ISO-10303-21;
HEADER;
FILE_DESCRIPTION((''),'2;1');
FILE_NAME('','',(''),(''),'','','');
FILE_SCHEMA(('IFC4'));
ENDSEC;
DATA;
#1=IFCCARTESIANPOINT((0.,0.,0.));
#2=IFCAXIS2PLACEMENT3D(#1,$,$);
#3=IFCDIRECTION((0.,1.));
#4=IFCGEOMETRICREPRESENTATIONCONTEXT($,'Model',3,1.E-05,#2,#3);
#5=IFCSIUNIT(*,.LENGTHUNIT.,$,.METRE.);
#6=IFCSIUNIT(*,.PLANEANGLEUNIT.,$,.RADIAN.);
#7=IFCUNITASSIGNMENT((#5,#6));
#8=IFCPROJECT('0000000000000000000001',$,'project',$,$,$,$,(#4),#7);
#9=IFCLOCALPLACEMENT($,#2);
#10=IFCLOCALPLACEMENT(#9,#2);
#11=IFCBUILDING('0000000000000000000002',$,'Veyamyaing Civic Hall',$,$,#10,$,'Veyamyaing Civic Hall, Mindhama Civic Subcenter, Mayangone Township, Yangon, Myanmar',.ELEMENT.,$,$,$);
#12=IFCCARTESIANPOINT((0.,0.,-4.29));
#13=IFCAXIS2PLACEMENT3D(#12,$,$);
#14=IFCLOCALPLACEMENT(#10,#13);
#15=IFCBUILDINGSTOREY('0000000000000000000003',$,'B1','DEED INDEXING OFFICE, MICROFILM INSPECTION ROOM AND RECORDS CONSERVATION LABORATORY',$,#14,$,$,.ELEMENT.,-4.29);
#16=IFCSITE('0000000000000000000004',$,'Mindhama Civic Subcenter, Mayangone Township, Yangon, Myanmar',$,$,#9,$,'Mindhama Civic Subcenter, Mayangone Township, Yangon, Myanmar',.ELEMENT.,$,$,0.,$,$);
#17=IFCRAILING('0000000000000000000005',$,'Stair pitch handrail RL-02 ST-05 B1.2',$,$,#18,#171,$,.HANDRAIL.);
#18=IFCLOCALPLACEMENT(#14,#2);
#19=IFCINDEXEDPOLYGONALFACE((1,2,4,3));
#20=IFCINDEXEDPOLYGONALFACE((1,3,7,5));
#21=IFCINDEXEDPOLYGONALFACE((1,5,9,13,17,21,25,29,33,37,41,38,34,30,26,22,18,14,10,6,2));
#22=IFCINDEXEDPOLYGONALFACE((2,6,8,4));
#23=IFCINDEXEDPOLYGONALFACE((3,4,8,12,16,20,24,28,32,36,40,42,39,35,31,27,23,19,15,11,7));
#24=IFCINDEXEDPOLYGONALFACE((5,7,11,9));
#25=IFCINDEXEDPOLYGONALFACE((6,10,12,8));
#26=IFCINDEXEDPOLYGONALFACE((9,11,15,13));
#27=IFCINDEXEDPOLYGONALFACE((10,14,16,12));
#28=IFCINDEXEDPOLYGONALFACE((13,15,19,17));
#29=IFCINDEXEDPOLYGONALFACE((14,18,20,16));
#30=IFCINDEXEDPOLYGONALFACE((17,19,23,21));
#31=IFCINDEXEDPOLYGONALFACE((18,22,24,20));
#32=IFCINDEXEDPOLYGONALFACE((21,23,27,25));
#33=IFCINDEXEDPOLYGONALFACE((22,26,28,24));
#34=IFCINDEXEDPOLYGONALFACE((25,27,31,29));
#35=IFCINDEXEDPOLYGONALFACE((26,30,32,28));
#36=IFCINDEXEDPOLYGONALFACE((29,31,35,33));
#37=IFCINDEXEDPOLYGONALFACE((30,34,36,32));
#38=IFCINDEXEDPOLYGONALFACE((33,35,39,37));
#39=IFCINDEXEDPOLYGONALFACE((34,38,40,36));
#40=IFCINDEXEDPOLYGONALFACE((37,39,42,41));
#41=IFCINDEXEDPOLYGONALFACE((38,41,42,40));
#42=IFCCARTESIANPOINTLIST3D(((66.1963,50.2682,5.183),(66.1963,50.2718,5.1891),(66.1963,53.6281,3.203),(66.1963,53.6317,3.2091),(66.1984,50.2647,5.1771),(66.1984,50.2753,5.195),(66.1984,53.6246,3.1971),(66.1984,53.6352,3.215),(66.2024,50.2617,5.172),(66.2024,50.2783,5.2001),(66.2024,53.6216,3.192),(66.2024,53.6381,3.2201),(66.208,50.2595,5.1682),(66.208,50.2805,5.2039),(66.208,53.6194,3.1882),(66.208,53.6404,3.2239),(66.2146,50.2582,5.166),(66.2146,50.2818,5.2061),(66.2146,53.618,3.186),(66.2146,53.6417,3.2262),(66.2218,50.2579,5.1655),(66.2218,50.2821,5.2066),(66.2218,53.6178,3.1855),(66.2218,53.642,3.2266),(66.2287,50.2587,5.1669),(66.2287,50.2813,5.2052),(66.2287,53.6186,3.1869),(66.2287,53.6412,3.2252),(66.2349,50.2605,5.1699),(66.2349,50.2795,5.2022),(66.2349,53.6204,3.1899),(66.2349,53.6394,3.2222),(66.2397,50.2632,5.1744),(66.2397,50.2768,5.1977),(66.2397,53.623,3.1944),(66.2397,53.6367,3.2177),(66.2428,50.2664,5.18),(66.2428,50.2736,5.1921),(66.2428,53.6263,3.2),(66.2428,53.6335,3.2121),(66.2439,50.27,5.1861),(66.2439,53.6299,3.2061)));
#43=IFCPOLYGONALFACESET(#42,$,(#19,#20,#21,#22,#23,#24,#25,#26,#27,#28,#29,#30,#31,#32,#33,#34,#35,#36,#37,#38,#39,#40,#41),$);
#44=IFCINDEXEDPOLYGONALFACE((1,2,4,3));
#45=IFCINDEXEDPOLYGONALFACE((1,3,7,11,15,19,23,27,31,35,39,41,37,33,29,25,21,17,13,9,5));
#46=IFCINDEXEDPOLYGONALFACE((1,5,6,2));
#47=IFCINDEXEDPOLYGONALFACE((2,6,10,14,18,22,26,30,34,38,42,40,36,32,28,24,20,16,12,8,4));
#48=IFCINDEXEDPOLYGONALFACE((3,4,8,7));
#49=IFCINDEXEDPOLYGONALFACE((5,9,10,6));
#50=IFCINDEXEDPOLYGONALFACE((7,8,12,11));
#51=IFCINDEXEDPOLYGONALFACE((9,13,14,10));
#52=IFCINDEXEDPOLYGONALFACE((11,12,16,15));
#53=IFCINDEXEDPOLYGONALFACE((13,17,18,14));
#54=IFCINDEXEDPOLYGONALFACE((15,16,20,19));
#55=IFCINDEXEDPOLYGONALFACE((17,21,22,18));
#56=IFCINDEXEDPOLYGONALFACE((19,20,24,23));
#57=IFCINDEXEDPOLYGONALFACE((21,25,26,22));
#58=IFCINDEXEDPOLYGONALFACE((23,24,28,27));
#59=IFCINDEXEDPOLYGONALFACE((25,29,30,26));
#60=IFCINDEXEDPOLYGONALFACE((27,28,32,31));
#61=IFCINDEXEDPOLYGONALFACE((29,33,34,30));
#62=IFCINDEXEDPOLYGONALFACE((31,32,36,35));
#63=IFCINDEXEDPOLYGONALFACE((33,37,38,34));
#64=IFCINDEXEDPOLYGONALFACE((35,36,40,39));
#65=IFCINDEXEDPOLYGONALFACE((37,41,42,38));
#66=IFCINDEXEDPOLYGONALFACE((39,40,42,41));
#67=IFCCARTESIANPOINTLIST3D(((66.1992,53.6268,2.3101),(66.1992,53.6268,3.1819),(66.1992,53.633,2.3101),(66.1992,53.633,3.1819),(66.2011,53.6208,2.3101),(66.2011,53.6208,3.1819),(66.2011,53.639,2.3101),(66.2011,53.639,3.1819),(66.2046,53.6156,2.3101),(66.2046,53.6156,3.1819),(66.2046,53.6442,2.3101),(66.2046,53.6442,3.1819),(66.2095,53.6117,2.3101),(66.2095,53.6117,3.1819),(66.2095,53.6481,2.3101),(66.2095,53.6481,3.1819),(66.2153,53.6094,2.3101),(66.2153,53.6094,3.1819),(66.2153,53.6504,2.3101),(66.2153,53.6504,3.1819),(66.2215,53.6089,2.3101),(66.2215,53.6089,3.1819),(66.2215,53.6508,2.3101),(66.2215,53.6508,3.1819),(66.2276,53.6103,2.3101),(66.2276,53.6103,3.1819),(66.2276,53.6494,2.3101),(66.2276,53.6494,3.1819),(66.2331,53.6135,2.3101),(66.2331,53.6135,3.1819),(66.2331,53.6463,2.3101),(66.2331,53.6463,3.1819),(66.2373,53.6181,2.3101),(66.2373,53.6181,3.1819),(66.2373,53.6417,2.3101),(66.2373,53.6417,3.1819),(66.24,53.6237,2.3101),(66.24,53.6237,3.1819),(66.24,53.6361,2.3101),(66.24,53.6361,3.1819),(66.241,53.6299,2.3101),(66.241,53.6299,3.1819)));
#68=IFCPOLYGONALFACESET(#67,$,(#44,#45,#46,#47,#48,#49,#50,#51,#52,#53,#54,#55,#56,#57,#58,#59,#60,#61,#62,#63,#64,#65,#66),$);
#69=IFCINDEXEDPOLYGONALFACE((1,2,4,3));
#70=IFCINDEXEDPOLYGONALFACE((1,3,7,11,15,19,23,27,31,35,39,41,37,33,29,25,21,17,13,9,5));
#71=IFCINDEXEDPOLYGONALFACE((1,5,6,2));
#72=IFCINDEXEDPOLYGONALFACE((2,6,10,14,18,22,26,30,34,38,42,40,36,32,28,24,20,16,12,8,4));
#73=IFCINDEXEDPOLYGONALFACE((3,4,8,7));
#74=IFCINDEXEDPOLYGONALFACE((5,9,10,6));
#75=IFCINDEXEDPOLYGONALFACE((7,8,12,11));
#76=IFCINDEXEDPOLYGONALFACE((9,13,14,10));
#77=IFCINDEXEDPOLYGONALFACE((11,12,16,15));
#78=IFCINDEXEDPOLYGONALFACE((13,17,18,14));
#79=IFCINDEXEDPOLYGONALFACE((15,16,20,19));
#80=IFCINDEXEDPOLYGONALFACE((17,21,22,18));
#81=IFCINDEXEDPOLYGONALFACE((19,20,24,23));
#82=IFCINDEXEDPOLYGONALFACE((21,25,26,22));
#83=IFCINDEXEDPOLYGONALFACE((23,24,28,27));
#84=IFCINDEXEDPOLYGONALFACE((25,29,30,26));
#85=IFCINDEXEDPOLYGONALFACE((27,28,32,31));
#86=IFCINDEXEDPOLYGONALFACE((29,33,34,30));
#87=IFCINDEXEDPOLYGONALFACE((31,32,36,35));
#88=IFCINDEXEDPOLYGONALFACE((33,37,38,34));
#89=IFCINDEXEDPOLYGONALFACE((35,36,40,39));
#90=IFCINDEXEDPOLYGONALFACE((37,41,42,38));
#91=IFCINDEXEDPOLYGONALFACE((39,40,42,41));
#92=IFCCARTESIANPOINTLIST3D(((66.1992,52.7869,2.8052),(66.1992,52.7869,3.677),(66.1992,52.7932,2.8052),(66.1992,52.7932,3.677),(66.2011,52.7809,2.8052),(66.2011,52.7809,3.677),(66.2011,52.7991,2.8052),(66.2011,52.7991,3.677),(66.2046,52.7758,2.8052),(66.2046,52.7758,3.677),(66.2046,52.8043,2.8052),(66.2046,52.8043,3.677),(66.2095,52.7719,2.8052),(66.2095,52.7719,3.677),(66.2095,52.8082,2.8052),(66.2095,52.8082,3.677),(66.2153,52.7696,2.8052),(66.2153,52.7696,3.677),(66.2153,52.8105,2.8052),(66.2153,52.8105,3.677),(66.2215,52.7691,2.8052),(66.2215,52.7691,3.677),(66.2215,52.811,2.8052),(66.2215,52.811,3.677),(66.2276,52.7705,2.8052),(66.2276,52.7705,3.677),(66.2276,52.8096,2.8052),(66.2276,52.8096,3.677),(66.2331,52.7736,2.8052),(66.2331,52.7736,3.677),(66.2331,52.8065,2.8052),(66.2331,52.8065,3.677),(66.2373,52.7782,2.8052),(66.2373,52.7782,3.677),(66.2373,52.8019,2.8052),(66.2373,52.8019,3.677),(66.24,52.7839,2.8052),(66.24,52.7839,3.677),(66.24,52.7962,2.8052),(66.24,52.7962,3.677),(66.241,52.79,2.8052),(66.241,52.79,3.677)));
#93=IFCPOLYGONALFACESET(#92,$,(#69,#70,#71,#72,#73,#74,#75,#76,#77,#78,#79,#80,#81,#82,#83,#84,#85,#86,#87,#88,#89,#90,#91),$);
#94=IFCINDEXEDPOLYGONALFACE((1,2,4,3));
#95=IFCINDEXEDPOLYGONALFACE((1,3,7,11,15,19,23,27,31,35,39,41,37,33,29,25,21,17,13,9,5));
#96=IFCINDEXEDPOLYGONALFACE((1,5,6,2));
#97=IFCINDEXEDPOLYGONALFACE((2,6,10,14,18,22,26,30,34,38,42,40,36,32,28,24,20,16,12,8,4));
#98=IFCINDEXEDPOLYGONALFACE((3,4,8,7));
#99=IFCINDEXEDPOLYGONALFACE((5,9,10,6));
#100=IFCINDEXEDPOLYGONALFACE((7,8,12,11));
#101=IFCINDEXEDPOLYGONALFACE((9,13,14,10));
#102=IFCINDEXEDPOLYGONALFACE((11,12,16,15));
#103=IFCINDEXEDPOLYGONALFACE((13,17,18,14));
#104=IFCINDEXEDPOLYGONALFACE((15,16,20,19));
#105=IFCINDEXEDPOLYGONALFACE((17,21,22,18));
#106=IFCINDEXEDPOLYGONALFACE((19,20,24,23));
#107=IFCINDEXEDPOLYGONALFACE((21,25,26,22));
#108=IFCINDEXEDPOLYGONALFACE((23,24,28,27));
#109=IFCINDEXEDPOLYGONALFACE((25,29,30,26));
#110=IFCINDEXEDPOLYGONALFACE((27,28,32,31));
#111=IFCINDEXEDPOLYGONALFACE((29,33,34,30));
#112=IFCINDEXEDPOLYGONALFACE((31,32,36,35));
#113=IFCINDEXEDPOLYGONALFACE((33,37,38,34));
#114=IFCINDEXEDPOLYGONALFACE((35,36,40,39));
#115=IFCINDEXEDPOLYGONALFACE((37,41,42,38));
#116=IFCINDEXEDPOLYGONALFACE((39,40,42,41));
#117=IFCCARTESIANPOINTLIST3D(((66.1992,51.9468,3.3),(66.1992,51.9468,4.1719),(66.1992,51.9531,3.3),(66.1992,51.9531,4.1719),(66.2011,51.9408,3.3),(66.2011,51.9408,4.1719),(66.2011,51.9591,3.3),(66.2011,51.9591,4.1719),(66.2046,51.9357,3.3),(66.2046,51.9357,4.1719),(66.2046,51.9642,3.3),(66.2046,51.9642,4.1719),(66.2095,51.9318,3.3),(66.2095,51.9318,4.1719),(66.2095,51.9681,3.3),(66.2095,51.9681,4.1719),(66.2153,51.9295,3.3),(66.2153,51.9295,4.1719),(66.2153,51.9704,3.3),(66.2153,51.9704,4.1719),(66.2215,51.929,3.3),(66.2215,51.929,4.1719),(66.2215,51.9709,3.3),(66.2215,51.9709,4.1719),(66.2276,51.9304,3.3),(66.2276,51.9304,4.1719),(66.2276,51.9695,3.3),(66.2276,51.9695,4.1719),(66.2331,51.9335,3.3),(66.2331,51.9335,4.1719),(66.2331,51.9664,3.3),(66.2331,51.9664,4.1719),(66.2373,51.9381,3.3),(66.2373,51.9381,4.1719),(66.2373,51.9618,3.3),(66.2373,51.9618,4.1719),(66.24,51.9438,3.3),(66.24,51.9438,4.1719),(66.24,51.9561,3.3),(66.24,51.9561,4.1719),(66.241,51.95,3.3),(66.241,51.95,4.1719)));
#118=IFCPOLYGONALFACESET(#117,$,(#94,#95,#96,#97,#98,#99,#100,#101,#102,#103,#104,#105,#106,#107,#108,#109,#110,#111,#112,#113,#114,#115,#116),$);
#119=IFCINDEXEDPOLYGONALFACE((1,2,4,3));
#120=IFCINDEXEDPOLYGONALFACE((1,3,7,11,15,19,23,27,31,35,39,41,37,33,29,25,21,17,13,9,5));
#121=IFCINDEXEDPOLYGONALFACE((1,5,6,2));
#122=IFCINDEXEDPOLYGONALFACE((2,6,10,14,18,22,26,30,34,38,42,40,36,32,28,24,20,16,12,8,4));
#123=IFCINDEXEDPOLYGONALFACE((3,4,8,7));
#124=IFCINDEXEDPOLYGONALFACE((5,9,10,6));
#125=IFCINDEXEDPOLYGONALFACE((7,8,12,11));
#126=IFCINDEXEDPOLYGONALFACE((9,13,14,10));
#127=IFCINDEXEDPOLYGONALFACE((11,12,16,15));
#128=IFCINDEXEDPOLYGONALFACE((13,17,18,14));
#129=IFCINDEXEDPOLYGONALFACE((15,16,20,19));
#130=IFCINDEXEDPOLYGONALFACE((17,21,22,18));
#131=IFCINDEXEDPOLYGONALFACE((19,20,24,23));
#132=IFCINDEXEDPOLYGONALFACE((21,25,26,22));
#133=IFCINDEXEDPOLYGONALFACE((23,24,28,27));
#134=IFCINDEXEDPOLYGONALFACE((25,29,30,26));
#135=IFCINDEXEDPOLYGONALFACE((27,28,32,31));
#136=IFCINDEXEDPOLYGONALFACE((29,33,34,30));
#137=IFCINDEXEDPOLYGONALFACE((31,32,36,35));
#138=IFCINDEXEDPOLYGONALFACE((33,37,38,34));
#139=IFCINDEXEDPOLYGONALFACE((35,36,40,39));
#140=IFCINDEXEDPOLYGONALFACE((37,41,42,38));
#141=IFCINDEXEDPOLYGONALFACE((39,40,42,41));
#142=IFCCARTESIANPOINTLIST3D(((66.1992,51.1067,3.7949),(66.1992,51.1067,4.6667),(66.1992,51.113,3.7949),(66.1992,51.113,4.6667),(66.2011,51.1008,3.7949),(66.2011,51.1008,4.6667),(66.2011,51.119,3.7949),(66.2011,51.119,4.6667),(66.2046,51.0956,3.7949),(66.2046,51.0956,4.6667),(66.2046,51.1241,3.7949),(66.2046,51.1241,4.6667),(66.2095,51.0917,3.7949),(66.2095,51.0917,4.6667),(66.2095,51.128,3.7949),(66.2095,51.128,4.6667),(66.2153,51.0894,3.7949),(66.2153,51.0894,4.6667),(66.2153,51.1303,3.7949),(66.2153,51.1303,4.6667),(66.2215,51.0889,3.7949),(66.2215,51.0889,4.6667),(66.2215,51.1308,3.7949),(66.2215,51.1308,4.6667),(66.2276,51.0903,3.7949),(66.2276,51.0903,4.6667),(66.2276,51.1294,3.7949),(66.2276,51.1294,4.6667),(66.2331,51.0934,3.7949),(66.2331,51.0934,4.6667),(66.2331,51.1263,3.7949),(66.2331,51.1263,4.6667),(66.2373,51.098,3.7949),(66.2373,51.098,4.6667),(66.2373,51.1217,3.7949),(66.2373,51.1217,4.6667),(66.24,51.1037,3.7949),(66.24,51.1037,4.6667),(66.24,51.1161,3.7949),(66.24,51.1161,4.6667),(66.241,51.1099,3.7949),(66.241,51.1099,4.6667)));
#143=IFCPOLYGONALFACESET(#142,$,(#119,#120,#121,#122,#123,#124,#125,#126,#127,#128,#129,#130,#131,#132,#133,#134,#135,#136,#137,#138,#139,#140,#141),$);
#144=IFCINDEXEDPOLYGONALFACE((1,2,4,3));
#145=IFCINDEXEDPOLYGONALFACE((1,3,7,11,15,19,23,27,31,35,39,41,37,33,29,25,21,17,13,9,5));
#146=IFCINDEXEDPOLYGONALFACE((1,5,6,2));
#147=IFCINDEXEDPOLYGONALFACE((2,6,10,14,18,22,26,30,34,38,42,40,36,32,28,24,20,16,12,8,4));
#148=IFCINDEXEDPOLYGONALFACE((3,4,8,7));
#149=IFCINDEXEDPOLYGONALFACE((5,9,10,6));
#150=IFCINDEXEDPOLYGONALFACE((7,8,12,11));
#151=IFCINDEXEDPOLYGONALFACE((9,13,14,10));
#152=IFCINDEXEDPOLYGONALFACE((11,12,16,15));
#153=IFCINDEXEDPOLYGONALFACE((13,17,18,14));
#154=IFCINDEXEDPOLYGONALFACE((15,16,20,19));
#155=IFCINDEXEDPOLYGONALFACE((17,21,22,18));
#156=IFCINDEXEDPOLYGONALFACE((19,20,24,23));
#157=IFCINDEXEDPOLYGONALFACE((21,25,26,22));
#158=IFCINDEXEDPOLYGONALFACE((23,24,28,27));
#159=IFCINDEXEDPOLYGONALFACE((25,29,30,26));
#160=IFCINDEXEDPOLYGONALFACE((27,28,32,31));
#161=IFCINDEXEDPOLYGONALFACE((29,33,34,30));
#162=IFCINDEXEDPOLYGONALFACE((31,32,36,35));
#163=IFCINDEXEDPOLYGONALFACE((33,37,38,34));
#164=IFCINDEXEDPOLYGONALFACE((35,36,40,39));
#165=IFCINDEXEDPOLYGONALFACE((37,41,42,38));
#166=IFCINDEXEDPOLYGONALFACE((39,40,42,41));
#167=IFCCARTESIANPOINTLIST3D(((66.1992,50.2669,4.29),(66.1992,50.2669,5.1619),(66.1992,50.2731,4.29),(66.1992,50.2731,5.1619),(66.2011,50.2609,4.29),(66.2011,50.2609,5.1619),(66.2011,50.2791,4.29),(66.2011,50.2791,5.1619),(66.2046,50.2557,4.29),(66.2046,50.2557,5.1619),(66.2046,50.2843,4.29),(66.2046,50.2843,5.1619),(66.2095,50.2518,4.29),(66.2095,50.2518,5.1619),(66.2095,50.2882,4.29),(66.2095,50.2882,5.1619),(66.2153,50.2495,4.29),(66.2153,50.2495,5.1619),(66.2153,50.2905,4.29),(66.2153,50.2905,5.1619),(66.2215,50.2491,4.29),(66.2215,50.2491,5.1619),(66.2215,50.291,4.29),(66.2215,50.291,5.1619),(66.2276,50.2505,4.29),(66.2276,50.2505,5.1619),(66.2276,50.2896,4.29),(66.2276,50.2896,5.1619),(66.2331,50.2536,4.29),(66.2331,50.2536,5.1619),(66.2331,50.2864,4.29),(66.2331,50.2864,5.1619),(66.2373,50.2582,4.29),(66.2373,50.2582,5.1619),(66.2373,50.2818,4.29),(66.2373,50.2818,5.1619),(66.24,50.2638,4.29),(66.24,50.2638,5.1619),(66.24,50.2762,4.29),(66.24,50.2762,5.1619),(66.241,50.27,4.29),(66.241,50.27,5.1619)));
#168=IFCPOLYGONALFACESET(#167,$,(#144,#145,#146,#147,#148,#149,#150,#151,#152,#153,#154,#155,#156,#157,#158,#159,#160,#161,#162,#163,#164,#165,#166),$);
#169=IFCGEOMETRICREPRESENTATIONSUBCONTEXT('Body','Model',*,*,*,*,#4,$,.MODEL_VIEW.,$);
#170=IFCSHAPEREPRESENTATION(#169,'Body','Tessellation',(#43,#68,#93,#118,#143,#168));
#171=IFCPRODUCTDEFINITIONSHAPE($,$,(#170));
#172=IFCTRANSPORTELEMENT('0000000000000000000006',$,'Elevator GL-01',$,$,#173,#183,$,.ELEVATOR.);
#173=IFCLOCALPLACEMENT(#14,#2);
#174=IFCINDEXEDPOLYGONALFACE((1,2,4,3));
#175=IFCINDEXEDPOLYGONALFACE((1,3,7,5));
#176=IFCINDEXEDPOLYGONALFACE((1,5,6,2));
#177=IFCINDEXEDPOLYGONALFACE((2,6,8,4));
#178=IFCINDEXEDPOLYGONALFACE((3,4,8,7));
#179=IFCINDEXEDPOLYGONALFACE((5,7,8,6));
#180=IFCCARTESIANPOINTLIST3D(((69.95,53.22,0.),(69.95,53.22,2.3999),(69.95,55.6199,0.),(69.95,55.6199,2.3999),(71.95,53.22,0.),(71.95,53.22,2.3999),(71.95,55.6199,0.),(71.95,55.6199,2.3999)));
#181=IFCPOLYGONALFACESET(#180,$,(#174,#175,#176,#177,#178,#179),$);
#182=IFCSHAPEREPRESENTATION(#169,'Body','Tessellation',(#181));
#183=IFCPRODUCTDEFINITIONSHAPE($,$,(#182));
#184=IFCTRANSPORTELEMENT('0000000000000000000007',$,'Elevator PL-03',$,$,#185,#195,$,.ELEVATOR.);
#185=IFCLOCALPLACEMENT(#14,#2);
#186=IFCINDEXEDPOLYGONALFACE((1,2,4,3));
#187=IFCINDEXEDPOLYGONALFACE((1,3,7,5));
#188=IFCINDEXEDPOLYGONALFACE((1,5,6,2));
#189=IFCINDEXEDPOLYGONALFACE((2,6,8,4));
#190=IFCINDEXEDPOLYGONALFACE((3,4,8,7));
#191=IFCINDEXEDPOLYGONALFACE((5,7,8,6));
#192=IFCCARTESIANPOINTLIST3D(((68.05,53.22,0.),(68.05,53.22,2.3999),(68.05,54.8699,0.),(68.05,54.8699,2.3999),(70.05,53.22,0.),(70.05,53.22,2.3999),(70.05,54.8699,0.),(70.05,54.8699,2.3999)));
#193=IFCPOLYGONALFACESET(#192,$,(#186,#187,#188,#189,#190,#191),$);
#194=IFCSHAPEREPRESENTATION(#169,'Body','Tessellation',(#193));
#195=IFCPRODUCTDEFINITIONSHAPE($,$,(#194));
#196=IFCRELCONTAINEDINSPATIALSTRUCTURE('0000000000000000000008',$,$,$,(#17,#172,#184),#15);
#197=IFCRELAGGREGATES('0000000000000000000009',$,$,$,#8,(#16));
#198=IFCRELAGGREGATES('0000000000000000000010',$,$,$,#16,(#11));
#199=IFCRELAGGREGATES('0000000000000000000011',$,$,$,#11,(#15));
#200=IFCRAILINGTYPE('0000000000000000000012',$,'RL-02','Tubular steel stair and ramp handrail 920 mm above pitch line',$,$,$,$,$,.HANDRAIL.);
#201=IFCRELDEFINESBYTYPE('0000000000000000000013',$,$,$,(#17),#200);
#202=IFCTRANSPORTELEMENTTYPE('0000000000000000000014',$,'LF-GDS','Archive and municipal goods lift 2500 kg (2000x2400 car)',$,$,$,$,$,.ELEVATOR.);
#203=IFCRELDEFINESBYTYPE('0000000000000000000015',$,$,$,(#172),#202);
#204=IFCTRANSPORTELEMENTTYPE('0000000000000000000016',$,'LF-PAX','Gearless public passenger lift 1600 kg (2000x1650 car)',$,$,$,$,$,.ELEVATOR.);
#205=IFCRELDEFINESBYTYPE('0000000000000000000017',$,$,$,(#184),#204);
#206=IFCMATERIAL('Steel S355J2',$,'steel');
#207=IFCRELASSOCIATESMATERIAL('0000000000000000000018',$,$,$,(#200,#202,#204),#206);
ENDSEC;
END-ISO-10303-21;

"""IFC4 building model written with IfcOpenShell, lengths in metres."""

from ifc_helpers import new_model, si_unit, direction, frame, origin, origin_2d, place, context, subcontext, project, spatial, rectangle, circle, extrude, material, type_object, element, save


model = new_model("IFC4")

# Units and contexts
model_context = context("Model", 3, precision=1e-05, world=origin(), true_north=direction((0.0, 1.0)))
body_context = subcontext(model_context, "Body", "Model", "MODEL_VIEW")
ifc_project = project(units=[si_unit("LENGTHUNIT", "METRE"), si_unit("PLANEANGLEUNIT", "RADIAN")], contexts=[model_context])

# Site, building, storey
site_placement = place(None, origin())
site = spatial("IfcSite", under=ifc_project, at=site_placement, Name="Mindhama Civic Subcenter, Mayangone Township, Yangon, Myanmar", LongName="Mindhama Civic Subcenter, Mayangone Township, Yangon, Myanmar", CompositionType="ELEMENT", RefElevation=0.0)
building_placement = place(site_placement, origin())
building = spatial("IfcBuilding", under=site, at=building_placement, Name="Veyamyaing Civic Hall", LongName="Veyamyaing Civic Hall, Mindhama Civic Subcenter, Mayangone Township, Yangon, Myanmar", CompositionType="ELEMENT")
storey_placement = place(building_placement, frame((0.0, 0.0, -4.29)))
storey = spatial("IfcBuildingStorey", under=building, at=storey_placement, Name="B1", Description="DEED INDEXING OFFICE, MICROFILM INSPECTION ROOM AND RECORDS CONSERVATION LABORATORY", CompositionType="ELEMENT", Elevation=-4.29)

# Railing
ifc_material_1 = material(Name="Steel S355J2", Category="steel")
railing_type_1 = type_object("IfcRailingType", Name="RL-02", Description="Tubular steel stair and ramp handrail 920 mm above pitch line", PredefinedType="HANDRAIL", material=ifc_material_1)
railing_1_placement = place(storey_placement, frame((66.22, 53.6299, 2.3101)))
element("IfcRailing", 1, at=railing_1_placement, inside=storey, type_object=railing_type_1, Name="Stair pitch handrail RL-02 ST-05 B1.2", PredefinedType="HANDRAIL", context=body_context, shape_type="SweptSolid", body=[
    extrude(circle(Radius=0.0239, at=origin_2d()), frame((0.0, 0.0, 0.896), z_axis=(0.0, -0.861532, 0.507704), x_axis=(1.0, 0.0, 0.0)), (0.0, 0.0, 1.0), 3.8999),
    extrude(circle(Radius=0.021, at=origin_2d()), origin(), (0.0, 0.0, 1.0), 0.8718),
    extrude(circle(Radius=0.021, at=origin_2d()), frame((0.0, -0.8398, 0.4951)), (0.0, 0.0, 1.0), 0.8718),
    extrude(circle(Radius=0.021, at=origin_2d()), frame((0.0, -1.6799, 0.99)), (0.0, 0.0, 1.0), 0.8718),
    extrude(circle(Radius=0.021, at=origin_2d()), frame((0.0, -2.52, 1.4849)), (0.0, 0.0, 1.0), 0.8718),
    extrude(circle(Radius=0.021, at=origin_2d()), frame((0.0, -3.3599, 1.98)), (0.0, 0.0, 1.0), 0.8718),
])

# Transport elements
transport_element_type_1 = type_object("IfcTransportElementType", Name="LF-GDS", Description="Archive and municipal goods lift 2500 kg (2000x2400 car)", PredefinedType="ELEVATOR", material=ifc_material_1)
transport_element_1_placement = place(storey_placement, frame((70.95, 54.4199, 0.0), z_axis=(0.0, 0.0, 1.0), x_axis=(1.0, 0.0, 0.0)))
element("IfcTransportElement", 2, at=transport_element_1_placement, inside=storey, type_object=transport_element_type_1, Name="Elevator GL-01", PredefinedType="ELEVATOR", context=body_context, shape_type="SweptSolid", body=[
    extrude(rectangle(XDim=2.0, YDim=2.3999, at=origin_2d()), origin(), (0.0, 0.0, 1.0), 2.3999),
])
transport_element_type_2 = type_object("IfcTransportElementType", Name="LF-PAX", Description="Gearless public passenger lift 1600 kg (2000x1650 car)", PredefinedType="ELEVATOR", material=ifc_material_1)
transport_element_2_placement = place(storey_placement, frame((69.05, 54.0449, 0.0), z_axis=(0.0, 0.0, 1.0), x_axis=(1.0, 0.0, 0.0)))
element("IfcTransportElement", 3, at=transport_element_2_placement, inside=storey, type_object=transport_element_type_2, Name="Elevator PL-03", PredefinedType="ELEVATOR", context=body_context, shape_type="SweptSolid", body=[
    extrude(rectangle(XDim=2.0, YDim=1.6499, at=origin_2d()), origin(), (0.0, 0.0, 1.0), 2.3999),
])

save(model, "model.ifc")
